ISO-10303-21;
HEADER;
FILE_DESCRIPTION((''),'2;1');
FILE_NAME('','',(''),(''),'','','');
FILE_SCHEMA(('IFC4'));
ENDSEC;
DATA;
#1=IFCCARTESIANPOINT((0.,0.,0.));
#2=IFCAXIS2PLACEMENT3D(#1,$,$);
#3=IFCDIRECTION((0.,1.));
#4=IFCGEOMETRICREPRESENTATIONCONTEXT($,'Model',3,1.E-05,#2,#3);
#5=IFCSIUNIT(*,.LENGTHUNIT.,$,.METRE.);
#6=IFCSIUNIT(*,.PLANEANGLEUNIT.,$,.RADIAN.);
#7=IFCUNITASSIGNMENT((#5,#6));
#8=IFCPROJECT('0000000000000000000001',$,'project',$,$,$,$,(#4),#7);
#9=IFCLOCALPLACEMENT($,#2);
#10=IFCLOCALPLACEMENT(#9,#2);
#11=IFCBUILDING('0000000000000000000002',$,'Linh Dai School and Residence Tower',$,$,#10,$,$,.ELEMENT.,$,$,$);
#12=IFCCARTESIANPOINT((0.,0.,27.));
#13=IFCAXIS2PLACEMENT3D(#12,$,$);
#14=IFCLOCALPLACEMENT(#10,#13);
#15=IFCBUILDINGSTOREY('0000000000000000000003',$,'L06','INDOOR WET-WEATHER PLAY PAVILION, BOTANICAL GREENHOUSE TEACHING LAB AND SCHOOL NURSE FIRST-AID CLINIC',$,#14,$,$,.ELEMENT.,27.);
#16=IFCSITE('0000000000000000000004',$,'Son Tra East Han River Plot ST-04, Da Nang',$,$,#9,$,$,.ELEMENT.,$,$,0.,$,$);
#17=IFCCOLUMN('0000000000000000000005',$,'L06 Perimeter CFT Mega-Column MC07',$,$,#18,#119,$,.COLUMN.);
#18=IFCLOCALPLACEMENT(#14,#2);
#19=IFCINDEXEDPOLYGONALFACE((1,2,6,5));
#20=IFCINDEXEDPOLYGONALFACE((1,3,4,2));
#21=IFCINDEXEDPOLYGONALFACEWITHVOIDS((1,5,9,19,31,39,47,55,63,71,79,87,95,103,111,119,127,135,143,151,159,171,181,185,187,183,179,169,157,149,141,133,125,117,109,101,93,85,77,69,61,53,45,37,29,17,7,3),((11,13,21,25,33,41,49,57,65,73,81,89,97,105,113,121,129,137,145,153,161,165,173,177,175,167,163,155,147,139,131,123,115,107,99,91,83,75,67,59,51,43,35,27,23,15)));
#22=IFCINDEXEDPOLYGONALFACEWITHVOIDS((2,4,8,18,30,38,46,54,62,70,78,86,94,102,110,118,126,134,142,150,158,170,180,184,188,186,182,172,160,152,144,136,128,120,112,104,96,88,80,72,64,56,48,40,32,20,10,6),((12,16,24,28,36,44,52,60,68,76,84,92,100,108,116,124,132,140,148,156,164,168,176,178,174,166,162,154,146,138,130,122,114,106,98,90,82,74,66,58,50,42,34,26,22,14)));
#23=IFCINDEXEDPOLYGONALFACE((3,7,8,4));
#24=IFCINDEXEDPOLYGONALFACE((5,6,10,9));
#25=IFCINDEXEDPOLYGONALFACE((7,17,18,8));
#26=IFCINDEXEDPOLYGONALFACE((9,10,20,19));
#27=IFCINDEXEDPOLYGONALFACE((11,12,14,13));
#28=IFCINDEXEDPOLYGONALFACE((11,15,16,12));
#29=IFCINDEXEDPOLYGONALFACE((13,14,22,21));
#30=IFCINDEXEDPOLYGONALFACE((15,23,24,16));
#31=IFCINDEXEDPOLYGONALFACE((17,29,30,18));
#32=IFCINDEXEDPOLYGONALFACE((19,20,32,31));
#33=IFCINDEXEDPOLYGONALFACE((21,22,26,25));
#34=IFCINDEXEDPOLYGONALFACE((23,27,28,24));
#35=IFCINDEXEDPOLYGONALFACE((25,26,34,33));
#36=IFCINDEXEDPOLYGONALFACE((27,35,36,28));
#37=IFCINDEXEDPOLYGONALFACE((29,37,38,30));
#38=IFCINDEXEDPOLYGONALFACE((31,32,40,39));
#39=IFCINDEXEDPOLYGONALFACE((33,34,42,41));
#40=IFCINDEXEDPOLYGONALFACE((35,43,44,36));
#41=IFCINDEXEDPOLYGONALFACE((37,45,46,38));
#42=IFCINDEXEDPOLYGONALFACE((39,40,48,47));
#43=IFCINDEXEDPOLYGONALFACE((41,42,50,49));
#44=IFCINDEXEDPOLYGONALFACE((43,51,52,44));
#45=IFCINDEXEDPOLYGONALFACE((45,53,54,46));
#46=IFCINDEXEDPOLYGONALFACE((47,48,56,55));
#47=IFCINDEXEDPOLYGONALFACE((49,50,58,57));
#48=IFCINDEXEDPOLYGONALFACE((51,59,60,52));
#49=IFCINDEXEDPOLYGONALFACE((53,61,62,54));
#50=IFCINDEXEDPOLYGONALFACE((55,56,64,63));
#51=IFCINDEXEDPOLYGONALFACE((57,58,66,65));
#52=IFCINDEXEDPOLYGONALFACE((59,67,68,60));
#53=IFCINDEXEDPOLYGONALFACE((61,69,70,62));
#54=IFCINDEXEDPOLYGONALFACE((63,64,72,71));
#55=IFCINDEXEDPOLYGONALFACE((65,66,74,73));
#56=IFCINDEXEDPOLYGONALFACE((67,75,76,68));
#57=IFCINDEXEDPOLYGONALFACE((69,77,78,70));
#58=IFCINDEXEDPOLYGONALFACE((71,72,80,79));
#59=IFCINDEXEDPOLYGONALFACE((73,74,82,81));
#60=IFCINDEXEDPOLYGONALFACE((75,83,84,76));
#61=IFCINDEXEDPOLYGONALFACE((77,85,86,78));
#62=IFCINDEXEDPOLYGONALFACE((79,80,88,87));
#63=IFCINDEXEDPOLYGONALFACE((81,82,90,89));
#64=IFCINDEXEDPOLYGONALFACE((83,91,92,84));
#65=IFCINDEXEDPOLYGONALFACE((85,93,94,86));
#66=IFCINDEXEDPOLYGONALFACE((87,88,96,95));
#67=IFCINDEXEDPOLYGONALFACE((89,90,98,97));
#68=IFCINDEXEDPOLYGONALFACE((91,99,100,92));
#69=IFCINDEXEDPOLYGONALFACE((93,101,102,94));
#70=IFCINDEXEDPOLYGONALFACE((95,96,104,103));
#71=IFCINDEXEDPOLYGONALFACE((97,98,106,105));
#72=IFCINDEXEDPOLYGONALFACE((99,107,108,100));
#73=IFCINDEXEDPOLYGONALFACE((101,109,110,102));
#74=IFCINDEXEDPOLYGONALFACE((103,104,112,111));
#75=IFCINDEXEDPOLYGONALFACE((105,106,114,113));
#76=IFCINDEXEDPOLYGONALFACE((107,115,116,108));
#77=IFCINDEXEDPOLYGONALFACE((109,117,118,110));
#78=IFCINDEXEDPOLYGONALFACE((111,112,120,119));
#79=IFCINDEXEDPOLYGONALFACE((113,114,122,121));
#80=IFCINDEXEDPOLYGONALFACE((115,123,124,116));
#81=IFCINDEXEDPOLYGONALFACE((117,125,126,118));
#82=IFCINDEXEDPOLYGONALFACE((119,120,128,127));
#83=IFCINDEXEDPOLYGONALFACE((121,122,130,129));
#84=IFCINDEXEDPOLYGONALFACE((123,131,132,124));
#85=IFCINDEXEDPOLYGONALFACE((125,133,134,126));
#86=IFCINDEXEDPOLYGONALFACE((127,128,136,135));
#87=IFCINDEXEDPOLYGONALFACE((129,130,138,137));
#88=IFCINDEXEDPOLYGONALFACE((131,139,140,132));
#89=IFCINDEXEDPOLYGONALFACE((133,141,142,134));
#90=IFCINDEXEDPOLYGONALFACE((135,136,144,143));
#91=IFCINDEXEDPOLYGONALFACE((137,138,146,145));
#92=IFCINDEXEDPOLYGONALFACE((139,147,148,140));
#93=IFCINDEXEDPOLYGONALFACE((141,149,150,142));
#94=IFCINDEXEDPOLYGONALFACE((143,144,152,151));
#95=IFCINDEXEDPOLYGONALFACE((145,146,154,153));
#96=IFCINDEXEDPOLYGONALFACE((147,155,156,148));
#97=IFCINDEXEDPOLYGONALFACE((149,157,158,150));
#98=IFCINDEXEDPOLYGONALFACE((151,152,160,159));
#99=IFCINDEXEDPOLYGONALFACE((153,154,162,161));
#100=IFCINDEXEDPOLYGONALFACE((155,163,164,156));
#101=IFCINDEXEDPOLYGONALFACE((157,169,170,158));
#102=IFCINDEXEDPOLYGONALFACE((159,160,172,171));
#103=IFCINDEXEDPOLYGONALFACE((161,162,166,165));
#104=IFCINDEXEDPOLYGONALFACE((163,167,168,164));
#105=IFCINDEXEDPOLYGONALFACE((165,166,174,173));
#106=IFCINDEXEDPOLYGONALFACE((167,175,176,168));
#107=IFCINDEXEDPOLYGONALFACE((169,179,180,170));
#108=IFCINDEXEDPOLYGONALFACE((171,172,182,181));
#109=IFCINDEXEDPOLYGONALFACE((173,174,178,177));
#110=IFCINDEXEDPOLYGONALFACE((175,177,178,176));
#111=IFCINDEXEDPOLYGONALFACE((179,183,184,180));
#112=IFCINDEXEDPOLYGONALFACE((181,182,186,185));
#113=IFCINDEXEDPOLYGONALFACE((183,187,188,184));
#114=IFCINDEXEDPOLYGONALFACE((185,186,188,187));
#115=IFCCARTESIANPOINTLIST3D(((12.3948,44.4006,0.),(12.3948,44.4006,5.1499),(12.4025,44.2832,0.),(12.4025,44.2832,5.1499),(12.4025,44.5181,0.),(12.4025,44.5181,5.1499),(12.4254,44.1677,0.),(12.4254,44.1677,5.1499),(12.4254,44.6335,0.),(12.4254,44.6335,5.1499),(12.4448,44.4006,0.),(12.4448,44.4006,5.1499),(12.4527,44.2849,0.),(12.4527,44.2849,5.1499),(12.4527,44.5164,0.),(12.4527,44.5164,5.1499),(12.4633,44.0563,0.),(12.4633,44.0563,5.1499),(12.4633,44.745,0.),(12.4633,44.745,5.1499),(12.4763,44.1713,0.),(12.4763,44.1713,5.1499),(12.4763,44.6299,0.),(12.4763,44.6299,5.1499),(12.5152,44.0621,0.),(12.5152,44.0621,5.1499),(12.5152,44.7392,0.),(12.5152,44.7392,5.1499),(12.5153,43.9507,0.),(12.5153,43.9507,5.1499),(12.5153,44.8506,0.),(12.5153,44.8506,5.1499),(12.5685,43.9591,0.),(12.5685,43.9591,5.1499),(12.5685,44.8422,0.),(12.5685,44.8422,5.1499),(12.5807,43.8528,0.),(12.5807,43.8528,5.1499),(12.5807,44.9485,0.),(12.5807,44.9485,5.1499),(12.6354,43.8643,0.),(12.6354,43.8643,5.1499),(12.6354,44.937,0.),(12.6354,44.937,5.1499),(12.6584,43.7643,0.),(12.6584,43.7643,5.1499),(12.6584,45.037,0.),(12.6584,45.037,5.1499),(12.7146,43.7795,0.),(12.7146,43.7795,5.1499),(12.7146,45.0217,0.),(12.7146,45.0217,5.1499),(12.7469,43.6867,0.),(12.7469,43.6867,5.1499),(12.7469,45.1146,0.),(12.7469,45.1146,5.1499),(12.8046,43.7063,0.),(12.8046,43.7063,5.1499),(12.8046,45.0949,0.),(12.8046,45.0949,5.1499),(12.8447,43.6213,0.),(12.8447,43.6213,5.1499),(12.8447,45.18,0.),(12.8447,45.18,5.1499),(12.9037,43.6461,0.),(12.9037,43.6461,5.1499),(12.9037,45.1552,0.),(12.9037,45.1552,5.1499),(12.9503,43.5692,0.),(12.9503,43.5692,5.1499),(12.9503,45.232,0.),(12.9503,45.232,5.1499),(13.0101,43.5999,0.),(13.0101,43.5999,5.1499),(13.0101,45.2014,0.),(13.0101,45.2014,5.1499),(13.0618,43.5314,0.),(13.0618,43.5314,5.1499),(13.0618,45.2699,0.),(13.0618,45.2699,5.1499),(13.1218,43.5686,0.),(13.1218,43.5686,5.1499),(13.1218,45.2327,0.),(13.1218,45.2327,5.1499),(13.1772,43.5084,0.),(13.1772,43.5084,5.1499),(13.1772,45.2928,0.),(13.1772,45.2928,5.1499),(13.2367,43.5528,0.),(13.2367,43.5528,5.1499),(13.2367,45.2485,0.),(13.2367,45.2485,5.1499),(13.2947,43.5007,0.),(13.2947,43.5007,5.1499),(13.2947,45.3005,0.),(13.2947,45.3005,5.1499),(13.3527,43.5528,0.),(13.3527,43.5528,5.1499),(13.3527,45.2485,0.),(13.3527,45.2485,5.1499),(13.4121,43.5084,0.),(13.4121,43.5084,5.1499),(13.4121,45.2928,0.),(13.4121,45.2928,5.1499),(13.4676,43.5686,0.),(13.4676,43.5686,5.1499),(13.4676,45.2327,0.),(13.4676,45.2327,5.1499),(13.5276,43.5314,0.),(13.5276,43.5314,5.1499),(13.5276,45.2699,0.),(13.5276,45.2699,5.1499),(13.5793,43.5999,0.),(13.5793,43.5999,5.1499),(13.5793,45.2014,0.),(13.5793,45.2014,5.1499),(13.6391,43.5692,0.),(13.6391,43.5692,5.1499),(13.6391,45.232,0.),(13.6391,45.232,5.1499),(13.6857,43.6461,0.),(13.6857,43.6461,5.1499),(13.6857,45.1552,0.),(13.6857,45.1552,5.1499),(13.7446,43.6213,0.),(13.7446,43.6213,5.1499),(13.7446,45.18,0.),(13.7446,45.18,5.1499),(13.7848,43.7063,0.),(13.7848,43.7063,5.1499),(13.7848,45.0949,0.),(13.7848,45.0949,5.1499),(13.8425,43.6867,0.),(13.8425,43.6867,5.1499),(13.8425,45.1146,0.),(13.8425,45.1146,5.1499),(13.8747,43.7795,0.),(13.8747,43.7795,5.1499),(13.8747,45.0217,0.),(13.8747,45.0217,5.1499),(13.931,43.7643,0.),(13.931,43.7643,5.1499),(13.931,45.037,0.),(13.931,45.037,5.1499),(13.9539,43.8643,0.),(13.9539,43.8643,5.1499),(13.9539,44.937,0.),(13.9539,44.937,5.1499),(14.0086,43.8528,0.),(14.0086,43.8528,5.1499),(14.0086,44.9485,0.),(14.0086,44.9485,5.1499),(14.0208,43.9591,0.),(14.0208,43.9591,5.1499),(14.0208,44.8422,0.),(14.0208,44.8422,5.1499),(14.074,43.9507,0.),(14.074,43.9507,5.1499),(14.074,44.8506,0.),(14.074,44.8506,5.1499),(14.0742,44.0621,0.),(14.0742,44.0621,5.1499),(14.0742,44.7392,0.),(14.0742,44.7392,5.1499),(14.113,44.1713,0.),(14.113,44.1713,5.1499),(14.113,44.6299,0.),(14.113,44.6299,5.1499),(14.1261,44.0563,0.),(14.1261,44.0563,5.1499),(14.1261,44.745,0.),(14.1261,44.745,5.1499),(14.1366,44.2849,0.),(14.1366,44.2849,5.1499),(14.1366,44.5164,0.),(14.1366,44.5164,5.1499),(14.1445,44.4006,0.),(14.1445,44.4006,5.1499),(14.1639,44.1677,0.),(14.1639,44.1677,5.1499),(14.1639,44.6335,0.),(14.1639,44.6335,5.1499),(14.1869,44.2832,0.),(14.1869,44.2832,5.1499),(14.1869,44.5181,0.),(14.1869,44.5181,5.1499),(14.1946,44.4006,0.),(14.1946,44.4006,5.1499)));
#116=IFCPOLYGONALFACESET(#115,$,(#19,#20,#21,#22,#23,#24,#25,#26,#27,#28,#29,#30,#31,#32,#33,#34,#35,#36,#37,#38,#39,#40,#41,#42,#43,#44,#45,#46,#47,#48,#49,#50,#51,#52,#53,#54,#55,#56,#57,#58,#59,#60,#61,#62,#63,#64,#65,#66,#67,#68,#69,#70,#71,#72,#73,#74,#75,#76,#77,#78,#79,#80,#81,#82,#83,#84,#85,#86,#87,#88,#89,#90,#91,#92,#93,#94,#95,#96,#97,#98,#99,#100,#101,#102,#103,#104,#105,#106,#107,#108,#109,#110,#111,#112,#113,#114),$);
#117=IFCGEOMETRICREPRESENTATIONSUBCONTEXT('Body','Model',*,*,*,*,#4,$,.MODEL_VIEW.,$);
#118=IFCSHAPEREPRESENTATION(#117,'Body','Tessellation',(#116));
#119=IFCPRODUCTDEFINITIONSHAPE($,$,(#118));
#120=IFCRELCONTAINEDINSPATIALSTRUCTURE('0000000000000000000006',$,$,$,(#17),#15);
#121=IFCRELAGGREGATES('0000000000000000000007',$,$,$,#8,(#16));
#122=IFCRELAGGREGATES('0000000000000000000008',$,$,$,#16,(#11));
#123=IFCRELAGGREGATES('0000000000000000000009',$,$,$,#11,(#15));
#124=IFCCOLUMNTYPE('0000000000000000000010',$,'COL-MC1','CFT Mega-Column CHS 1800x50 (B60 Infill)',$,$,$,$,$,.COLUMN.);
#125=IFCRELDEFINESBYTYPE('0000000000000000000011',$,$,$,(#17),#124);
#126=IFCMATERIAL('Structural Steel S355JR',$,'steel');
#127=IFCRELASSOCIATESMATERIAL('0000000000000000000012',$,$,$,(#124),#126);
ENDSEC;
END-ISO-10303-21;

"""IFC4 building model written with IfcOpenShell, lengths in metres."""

from ifc_helpers import new_model, si_unit, direction, frame, origin, origin_2d, place, context, subcontext, project, spatial, hollow_circle, extrude, material, material_profile, profile_set, type_object, element, save


model = new_model("IFC4")

# Units and contexts
model_context = context("Model", 3, precision=1e-05, world=origin(), true_north=direction((0.0, 1.0)))
body_context = subcontext(model_context, "Body", "Model", "MODEL_VIEW")
ifc_project = project(units=[si_unit("LENGTHUNIT", "METRE"), si_unit("PLANEANGLEUNIT", "RADIAN")], contexts=[model_context])

# Site, building, storey
site_placement = place(None, origin())
site = spatial("IfcSite", under=ifc_project, at=site_placement, Name="Son Tra East Han River Plot ST-04, Da Nang", CompositionType="ELEMENT", RefElevation=0.0)
building_placement = place(site_placement, origin())
building = spatial("IfcBuilding", under=site, at=building_placement, Name="Linh Dai School and Residence Tower", CompositionType="ELEMENT")
storey_placement = place(building_placement, frame((0.0, 0.0, 27.0)))
storey = spatial("IfcBuildingStorey", under=building, at=storey_placement, Name="L06", Description="INDOOR WET-WEATHER PLAY PAVILION, BOTANICAL GREENHOUSE TEACHING LAB AND SCHOOL NURSE FIRST-AID CLINIC", CompositionType="ELEMENT", Elevation=27.0)

# Column
ifc_material_1 = material(Name="Structural Steel S355JR", Category="steel")
ifc_material_profile_1 = material_profile(ifc_material_1, hollow_circle(Radius=0.8999, WallThickness=0.05, at=origin_2d()), Name="CHS 1800x50")
ifc_profile_set_1 = profile_set([ifc_material_profile_1], Name="Structural Steel S355JR")
column_type = type_object("IfcColumnType", Name="COL-MC1", Description="CFT Mega-Column CHS 1800x50 (B60 Infill)", PredefinedType="COLUMN", material=ifc_profile_set_1)
for number, where, z_axis, x_axis, name in (
    (1, (13.2947, 44.4006, 0.0), (0.0, 0.0, 1.0), (1.0, 0.0, 0.0), "L06 Perimeter CFT Mega-Column MC07"),
):
    element("IfcColumn", number, at=place(storey_placement, frame(where, z_axis=z_axis, x_axis=x_axis)), inside=storey, type_object=column_type, Name=name, PredefinedType="COLUMN", context=body_context, shape_type="SweptSolid", body=[
        extrude(hollow_circle(Radius=0.8999, WallThickness=0.05, at=origin_2d()), origin(), (0.0, 0.0, 1.0), 5.1499),
    ])

save(model, "model.ifc")
